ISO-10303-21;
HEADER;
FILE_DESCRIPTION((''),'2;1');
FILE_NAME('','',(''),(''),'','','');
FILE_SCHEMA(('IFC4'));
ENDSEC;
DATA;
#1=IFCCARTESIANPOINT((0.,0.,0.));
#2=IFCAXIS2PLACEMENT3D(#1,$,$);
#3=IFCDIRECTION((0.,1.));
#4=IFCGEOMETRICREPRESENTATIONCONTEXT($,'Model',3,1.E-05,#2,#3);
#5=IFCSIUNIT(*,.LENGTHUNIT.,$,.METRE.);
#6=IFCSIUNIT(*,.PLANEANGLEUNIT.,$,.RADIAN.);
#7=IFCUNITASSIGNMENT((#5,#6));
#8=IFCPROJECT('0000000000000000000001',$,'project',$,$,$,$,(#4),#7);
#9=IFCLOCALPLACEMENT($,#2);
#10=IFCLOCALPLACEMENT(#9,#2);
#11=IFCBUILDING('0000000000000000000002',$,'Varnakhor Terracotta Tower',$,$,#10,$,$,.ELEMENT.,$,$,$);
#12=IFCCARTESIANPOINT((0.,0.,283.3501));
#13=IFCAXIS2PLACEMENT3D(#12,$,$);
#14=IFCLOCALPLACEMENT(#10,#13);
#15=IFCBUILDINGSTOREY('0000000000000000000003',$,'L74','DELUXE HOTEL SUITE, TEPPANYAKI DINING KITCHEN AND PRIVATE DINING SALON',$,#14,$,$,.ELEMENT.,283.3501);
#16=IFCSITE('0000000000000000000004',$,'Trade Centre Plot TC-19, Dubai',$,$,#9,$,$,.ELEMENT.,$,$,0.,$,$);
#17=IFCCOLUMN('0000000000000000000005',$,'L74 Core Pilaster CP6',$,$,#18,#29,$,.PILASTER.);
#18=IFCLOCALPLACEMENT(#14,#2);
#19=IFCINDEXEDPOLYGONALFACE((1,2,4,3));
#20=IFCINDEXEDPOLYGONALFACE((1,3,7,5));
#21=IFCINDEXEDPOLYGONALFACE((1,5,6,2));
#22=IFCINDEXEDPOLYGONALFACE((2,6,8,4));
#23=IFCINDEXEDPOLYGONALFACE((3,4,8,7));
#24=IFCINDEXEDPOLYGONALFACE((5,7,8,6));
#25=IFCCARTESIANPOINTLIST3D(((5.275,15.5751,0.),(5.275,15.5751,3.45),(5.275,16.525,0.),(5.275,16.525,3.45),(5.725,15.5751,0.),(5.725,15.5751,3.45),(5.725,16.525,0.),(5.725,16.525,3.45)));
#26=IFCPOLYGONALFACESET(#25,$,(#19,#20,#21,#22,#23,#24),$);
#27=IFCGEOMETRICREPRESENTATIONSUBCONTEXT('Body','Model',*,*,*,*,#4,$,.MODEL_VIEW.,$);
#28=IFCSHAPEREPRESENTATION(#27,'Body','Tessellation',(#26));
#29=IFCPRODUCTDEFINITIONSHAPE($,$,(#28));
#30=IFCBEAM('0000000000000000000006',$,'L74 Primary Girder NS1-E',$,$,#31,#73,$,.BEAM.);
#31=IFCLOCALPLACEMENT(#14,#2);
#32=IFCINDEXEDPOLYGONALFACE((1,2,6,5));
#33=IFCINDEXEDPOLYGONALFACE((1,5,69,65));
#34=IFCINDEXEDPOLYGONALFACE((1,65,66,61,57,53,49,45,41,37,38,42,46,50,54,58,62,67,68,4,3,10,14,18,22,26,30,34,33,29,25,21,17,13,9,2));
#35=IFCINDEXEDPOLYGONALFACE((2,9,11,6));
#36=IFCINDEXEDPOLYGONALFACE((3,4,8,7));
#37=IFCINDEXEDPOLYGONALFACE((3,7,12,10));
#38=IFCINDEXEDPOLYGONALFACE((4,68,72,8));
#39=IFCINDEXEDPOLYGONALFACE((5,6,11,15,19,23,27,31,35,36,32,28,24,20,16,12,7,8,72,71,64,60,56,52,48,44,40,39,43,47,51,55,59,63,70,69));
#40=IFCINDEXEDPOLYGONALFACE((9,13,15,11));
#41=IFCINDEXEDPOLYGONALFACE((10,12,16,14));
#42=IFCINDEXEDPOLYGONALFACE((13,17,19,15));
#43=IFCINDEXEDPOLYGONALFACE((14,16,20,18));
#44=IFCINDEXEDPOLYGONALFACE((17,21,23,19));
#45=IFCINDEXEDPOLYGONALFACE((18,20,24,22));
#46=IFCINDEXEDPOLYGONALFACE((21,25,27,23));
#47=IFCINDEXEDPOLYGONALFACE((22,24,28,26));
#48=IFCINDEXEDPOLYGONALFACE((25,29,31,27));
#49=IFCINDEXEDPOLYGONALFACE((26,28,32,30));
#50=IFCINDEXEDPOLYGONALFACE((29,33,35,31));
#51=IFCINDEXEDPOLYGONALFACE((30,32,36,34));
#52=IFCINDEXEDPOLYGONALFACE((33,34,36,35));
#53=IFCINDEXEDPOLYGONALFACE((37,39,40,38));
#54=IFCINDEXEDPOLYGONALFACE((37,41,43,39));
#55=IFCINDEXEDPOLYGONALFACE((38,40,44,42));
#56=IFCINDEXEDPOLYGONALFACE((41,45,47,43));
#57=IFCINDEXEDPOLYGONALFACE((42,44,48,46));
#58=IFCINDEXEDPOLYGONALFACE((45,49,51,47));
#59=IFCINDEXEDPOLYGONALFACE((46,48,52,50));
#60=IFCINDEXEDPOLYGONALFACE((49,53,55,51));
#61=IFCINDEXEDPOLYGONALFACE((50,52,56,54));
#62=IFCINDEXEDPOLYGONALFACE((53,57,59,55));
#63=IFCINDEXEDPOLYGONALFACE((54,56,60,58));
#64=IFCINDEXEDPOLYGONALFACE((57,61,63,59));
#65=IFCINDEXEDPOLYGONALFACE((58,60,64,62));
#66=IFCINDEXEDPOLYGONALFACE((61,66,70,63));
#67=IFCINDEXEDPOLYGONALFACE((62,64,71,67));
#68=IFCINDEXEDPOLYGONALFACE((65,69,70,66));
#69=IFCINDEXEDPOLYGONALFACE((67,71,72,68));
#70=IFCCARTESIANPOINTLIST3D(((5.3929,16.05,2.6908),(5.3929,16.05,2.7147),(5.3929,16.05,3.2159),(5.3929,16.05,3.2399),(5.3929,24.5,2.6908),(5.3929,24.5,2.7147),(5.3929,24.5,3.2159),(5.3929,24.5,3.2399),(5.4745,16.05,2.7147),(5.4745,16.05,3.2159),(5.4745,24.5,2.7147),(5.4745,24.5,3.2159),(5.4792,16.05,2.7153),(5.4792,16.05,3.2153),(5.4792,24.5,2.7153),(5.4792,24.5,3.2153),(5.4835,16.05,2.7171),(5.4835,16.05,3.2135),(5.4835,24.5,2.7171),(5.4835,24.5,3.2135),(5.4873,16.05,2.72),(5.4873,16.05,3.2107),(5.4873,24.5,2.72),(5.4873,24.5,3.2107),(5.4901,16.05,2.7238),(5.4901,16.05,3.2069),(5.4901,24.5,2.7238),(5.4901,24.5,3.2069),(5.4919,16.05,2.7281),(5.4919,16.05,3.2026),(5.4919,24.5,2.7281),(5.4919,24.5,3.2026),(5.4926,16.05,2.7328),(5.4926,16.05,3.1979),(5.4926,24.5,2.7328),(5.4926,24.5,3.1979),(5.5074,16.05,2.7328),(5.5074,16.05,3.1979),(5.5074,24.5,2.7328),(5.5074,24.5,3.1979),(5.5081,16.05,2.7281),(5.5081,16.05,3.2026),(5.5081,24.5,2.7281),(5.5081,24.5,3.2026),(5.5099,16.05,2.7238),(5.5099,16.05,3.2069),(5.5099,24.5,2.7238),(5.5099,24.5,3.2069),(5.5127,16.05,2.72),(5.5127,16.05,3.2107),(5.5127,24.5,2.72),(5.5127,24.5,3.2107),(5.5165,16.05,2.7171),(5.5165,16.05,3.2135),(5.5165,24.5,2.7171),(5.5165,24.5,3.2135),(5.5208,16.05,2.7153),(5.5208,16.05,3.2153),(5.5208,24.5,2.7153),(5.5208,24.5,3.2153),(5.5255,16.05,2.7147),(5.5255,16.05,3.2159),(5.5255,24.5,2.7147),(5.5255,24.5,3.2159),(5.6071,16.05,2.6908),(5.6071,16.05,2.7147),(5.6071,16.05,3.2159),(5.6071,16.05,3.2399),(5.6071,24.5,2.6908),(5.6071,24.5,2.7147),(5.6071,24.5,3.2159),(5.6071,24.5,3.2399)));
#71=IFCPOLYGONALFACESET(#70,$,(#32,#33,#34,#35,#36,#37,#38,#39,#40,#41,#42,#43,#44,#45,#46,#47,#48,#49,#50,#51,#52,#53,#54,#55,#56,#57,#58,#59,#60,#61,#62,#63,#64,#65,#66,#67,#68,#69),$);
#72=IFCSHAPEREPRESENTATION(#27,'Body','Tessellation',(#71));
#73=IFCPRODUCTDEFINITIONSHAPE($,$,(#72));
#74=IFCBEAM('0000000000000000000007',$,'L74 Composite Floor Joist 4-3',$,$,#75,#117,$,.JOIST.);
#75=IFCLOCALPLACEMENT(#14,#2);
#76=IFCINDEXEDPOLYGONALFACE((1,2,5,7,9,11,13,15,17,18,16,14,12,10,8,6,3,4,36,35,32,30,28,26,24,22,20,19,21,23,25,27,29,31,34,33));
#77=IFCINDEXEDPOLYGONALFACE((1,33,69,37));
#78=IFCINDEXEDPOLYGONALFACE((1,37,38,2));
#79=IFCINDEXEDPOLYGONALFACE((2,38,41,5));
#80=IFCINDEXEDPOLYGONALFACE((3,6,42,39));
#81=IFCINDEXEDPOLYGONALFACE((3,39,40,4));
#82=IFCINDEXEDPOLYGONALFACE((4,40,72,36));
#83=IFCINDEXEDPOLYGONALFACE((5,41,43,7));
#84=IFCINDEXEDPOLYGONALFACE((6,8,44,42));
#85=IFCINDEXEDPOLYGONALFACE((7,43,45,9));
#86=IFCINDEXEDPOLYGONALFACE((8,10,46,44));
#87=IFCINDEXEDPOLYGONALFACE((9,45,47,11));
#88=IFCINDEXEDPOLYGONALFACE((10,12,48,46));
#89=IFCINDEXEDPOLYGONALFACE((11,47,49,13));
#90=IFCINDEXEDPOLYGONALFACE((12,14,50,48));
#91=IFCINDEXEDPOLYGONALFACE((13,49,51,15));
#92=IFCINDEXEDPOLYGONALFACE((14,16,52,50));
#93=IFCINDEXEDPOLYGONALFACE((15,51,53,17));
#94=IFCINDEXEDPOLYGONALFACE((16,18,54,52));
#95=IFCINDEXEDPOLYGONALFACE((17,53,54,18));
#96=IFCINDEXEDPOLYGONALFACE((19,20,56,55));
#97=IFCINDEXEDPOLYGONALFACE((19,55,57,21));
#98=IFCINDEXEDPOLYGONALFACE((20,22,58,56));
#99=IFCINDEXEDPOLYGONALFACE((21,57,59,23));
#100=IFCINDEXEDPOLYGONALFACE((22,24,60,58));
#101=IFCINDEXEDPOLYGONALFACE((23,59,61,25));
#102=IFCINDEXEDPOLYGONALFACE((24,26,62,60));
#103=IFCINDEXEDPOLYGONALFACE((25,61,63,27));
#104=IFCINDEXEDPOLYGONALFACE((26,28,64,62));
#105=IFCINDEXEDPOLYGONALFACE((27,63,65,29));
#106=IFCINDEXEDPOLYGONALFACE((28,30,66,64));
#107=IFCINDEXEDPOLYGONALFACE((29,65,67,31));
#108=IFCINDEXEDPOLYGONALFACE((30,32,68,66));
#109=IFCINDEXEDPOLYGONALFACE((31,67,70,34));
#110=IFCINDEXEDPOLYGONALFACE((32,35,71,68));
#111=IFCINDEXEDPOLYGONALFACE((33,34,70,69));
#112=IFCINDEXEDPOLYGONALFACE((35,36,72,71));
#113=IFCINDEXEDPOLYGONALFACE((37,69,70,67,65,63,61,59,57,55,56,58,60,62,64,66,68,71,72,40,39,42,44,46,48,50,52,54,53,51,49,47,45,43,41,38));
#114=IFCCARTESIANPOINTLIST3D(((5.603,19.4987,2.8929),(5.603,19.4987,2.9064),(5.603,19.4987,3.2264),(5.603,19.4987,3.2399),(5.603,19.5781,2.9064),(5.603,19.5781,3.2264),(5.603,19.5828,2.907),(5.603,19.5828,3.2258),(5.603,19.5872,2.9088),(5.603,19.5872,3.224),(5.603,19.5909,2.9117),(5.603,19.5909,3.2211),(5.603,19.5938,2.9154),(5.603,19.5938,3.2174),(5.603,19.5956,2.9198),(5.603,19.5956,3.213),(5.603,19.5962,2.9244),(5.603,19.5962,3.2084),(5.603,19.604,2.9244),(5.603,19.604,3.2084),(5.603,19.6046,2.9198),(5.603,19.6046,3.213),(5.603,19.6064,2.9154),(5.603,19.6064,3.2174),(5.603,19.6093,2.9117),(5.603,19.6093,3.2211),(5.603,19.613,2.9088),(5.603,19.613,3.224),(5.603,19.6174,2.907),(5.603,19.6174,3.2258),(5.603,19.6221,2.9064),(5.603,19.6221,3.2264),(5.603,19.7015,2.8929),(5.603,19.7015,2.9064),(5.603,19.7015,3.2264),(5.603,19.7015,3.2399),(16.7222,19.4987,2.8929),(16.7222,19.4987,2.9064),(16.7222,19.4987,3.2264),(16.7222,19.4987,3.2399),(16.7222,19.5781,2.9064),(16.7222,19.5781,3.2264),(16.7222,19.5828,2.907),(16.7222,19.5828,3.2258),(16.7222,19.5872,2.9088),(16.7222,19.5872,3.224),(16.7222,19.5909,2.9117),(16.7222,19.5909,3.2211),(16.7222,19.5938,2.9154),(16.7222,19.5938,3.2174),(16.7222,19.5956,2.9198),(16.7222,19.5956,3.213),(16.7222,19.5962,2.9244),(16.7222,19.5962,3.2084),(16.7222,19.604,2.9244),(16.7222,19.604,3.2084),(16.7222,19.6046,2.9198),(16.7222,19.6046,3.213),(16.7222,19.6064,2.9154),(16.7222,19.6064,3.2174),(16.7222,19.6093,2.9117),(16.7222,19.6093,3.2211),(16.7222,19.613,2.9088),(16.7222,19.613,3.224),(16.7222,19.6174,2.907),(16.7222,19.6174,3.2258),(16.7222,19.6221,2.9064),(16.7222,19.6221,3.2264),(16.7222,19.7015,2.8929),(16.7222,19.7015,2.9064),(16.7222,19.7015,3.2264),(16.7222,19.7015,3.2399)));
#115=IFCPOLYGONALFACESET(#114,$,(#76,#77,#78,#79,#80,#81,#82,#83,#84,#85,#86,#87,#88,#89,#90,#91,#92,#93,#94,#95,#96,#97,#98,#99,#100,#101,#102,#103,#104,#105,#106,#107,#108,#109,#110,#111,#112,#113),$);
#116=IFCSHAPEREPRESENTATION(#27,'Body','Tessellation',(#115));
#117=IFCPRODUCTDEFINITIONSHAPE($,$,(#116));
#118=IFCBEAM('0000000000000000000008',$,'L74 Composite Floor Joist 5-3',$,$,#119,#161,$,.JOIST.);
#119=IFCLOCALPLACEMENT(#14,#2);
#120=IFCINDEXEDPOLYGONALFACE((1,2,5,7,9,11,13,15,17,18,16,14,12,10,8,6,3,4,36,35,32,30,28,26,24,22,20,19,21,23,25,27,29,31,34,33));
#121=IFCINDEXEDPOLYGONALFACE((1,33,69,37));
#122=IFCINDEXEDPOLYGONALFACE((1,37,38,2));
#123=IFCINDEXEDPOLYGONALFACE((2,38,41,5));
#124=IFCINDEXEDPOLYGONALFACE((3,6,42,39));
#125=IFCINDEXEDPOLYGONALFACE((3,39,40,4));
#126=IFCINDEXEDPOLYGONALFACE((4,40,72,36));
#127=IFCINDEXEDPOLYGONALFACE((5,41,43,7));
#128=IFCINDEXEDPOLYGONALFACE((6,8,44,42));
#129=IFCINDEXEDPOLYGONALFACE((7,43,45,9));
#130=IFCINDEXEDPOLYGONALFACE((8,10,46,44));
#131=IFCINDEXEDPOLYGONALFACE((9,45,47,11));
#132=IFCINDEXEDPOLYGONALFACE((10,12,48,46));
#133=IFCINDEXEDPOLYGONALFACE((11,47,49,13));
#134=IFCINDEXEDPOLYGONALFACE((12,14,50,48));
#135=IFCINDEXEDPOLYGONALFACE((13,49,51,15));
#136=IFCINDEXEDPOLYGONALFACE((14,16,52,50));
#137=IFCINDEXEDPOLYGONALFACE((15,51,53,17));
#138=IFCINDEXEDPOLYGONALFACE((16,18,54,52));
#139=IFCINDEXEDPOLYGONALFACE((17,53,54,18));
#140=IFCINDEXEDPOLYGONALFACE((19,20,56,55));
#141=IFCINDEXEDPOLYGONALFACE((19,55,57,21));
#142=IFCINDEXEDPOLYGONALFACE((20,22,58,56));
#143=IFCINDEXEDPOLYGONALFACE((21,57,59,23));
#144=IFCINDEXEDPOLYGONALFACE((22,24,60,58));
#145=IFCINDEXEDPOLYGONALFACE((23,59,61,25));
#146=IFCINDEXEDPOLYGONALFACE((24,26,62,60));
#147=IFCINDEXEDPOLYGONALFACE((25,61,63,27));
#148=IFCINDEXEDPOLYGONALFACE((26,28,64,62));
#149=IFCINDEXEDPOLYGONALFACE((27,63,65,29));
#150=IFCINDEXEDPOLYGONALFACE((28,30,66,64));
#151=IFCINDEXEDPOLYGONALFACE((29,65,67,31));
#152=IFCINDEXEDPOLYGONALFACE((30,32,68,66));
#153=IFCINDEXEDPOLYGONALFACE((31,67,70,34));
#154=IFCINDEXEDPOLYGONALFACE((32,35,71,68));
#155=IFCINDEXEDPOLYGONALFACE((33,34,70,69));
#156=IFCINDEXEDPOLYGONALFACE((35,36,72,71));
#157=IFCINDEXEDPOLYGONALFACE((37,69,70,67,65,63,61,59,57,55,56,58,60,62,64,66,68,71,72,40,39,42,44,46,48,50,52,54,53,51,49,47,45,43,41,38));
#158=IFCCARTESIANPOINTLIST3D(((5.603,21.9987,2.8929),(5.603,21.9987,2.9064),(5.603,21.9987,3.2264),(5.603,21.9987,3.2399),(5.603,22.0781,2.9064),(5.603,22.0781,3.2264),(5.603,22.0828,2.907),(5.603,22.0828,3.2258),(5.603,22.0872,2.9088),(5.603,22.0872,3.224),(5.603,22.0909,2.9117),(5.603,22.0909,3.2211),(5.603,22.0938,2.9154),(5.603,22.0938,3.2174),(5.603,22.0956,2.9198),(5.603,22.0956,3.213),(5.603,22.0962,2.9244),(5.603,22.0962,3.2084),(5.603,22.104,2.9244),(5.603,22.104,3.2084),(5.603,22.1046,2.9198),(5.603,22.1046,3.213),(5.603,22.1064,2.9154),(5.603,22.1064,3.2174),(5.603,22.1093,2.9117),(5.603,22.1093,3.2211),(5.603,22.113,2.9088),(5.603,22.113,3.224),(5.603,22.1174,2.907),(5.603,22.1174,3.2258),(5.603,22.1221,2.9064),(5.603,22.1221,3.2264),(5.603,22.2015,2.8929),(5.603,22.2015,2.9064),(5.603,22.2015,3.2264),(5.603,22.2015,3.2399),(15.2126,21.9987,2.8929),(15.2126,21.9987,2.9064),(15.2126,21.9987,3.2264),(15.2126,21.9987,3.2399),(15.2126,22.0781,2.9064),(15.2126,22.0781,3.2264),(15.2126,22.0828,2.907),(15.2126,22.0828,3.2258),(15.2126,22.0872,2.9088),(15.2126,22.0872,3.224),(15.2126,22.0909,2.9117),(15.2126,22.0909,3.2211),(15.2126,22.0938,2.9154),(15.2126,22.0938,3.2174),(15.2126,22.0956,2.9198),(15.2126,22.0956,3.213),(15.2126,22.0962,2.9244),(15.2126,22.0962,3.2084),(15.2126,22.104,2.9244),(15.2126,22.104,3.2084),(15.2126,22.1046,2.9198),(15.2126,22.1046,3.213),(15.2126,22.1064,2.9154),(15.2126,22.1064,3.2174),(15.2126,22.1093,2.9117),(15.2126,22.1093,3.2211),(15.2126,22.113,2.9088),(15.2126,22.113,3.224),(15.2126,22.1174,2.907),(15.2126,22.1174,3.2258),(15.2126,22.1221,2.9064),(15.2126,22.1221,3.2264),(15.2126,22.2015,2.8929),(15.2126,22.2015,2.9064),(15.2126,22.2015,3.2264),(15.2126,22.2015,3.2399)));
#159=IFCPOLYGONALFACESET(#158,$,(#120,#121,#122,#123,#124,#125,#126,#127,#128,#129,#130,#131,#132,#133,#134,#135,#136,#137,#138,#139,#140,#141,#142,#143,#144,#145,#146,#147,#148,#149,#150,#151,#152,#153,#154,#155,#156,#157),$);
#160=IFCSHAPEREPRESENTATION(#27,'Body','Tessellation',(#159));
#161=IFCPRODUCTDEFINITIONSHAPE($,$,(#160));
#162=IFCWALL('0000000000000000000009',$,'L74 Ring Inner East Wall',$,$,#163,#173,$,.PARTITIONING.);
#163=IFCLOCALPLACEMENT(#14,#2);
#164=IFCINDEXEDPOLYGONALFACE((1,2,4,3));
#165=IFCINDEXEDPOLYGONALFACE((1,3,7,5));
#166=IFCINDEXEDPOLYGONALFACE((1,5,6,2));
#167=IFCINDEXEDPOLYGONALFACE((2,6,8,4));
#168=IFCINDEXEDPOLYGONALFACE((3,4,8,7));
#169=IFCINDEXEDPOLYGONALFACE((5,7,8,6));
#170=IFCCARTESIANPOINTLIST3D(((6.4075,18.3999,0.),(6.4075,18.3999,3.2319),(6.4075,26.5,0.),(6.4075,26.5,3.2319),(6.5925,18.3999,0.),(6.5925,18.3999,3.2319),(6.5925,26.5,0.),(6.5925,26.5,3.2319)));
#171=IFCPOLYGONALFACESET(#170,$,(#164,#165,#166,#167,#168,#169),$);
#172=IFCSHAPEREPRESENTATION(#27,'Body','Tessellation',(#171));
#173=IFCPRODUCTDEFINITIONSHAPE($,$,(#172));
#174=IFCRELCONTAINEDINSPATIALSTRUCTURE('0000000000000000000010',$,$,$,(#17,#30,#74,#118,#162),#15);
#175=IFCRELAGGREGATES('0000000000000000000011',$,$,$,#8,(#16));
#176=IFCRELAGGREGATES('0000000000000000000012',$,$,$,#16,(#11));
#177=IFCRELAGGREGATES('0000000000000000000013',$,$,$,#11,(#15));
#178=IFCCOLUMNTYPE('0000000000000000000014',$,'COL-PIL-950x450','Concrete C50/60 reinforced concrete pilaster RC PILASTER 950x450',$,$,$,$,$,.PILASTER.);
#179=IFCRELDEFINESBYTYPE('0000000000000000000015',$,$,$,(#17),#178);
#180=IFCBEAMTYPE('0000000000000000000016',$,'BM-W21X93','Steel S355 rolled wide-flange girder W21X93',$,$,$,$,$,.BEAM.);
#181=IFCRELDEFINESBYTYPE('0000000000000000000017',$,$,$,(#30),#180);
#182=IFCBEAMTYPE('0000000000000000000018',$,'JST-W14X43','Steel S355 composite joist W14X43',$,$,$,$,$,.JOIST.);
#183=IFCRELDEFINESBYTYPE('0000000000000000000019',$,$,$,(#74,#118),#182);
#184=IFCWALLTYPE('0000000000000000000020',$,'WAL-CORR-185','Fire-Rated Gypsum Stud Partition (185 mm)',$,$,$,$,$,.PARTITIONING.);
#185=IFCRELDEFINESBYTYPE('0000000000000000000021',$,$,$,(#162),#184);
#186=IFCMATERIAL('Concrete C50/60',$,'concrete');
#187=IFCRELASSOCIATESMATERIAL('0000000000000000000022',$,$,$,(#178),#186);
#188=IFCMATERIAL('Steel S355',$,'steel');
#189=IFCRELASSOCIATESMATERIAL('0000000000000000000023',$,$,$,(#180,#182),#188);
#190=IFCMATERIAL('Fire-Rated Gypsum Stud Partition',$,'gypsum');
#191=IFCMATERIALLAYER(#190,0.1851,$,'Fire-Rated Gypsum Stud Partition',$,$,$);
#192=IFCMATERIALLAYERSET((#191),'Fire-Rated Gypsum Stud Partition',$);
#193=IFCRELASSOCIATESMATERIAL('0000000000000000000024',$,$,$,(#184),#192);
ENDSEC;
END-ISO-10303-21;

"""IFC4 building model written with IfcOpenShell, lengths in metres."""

from ifc_helpers import new_model, si_unit, direction, frame, frame_2d, origin, origin_2d, place, context, subcontext, project, spatial, rectangle, i_section, extrude, source, transform, mapped, material, layer, layer_set, material_profile, profile_set, type_object, type_shapes, element, save


model = new_model("IFC4")

# Units and contexts
model_context = context("Model", 3, precision=1e-05, world=origin(), true_north=direction((0.0, 1.0)))
body_context = subcontext(model_context, "Body", "Model", "MODEL_VIEW")
ifc_project = project(units=[si_unit("LENGTHUNIT", "METRE"), si_unit("PLANEANGLEUNIT", "RADIAN")], contexts=[model_context])

# Site, building, storey
site_placement = place(None, origin())
site = spatial("IfcSite", under=ifc_project, at=site_placement, Name="Trade Centre Plot TC-19, Dubai", CompositionType="ELEMENT", RefElevation=0.0)
building_placement = place(site_placement, origin())
building = spatial("IfcBuilding", under=site, at=building_placement, Name="Varnakhor Terracotta Tower", CompositionType="ELEMENT")
storey_placement = place(building_placement, frame((0.0, 0.0, 283.3501)))
storey = spatial("IfcBuildingStorey", under=building, at=storey_placement, Name="L74", Description="DELUXE HOTEL SUITE, TEPPANYAKI DINING KITCHEN AND PRIVATE DINING SALON", CompositionType="ELEMENT", Elevation=283.3501)

# Column
ifc_material_1 = material(Name="Concrete C50/60", Category="concrete")
ifc_material_profile_1 = material_profile(ifc_material_1, rectangle(XDim=0.45, YDim=0.95, at=origin_2d()), Name="RC PILASTER 950x450")
ifc_profile_set_1 = profile_set([ifc_material_profile_1], Name="Concrete C50/60")
column_type = type_object("IfcColumnType", Name="COL-PIL-950x450", Description="Concrete C50/60 reinforced concrete pilaster RC PILASTER 950x450", PredefinedType="PILASTER", material=ifc_profile_set_1)
shared_shape_1 = source(origin(), body_context, "Body", "SweptSolid", [
    extrude(rectangle(XDim=0.45, YDim=0.95, at=origin_2d()), origin(), (0.0, 0.0, 1.0), 3.45),
])
column_placement = place(storey_placement, frame((5.5, 16.05, 0.0), z_axis=(0.0, 0.0, 1.0), x_axis=(1.0, 0.0, 0.0)))
element("IfcColumn", 1, at=column_placement, inside=storey, type_object=column_type, Name="L74 Core Pilaster CP6", PredefinedType="PILASTER", context=body_context, shape_type="MappedRepresentation", body=[
    mapped(shared_shape_1, transform((0.0, 0.0, 0.0), scale=1.0)),
])

# Beams
ifc_material_2 = material(Name="Steel S355", Category="steel")
ifc_material_profile_2 = material_profile(ifc_material_2, i_section(OverallWidth=0.2141, OverallDepth=0.5491, WebThickness=0.0149, FlangeThickness=0.0239, FilletRadius=0.0181, at=origin_2d()), Name="W21X93")
ifc_profile_set_2 = profile_set([ifc_material_profile_2], Name="Steel S355")
beam_type_1 = type_object("IfcBeamType", Name="BM-W21X93", Description="Steel S355 rolled wide-flange girder W21X93", PredefinedType="BEAM", material=ifc_profile_set_2)
shared_shape_2 = source(origin(), body_context, "Body", "SweptSolid", [
    extrude(i_section(OverallWidth=0.2141, OverallDepth=0.5491, WebThickness=0.0149, FlangeThickness=0.0239, FilletRadius=0.0181, at=origin_2d()), origin(), (0.0, 0.0, 1.0), 8.45),
])
type_shapes(beam_type_1, [shared_shape_2])
beam_1_placement = place(storey_placement, frame((5.5, 16.05, 2.9653), z_axis=(0.0, 1.0, 0.0), x_axis=(-1.0, 0.0, 0.0)))
element("IfcBeam", 2, at=beam_1_placement, inside=storey, type_object=beam_type_1, Name="L74 Primary Girder NS1-E", PredefinedType="BEAM", context=body_context, shape_type="MappedRepresentation", body=[
    mapped(shared_shape_2, transform((0.0, 0.0, 0.0), scale=1.0)),
])
ifc_material_profile_3 = material_profile(ifc_material_2, i_section(OverallWidth=0.2029, OverallDepth=0.3469, WebThickness=0.0078, FlangeThickness=0.0134, FilletRadius=0.0181, at=origin_2d()), Name="W14X43")
ifc_profile_set_3 = profile_set([ifc_material_profile_3], Name="Steel S355")
beam_type_2 = type_object("IfcBeamType", Name="JST-W14X43", Description="Steel S355 composite joist W14X43", PredefinedType="JOIST", material=ifc_profile_set_3)
shared_shape_3 = source(origin(), body_context, "Body", "SweptSolid", [
    extrude(i_section(OverallWidth=0.2029, OverallDepth=0.3469, WebThickness=0.0078, FlangeThickness=0.0134, FilletRadius=0.0181, at=origin_2d()), origin(), (0.0, 0.0, 1.0), 11.1191),
])
beam_2_placement = place(storey_placement, frame((5.603, 19.6001, 3.0664), z_axis=(1.0, 0.0, 0.0), x_axis=(0.0, 1.0, 0.0)))
element("IfcBeam", 3, at=beam_2_placement, inside=storey, type_object=beam_type_2, Name="L74 Composite Floor Joist 4-3", PredefinedType="JOIST", context=body_context, shape_type="MappedRepresentation", body=[
    mapped(shared_shape_3, transform((0.0, 0.0, 0.0), scale=1.0)),
])
shared_shape_4 = source(origin(), body_context, "Body", "SweptSolid", [
    extrude(i_section(OverallWidth=0.2029, OverallDepth=0.3469, WebThickness=0.0078, FlangeThickness=0.0134, FilletRadius=0.0181, at=origin_2d()), origin(), (0.0, 0.0, 1.0), 9.6096),
])
beam_3_placement = place(storey_placement, frame((5.603, 22.1001, 3.0664), z_axis=(1.0, 0.0, 0.0), x_axis=(0.0, 1.0, 0.0)))
element("IfcBeam", 4, at=beam_3_placement, inside=storey, type_object=beam_type_2, Name="L74 Composite Floor Joist 5-3", PredefinedType="JOIST", context=body_context, shape_type="MappedRepresentation", body=[
    mapped(shared_shape_4, transform((0.0, 0.0, 0.0), scale=1.0)),
])

# Wall
ifc_material_3 = material(Name="Fire-Rated Gypsum Stud Partition", Category="gypsum")
ifc_layer_1 = layer(ifc_material_3, 0.1851, Name="Fire-Rated Gypsum Stud Partition")
ifc_layer_set_1 = layer_set([ifc_layer_1], Name="Fire-Rated Gypsum Stud Partition")
wall_type_1 = type_object("IfcWallType", Name="WAL-CORR-185", Description="Fire-Rated Gypsum Stud Partition (185 mm)", PredefinedType="PARTITIONING", material=ifc_layer_set_1)
wall_1_placement = place(storey_placement, frame((6.5, 18.3999, 0.0), z_axis=(0.0, 0.0, 1.0), x_axis=(0.0, 1.0, 0.0)))
element("IfcWall", 5, at=wall_1_placement, inside=storey, type_object=wall_type_1, Name="L74 Ring Inner East Wall", PredefinedType="PARTITIONING", context=body_context, shape_type="SweptSolid", body=[
    extrude(rectangle(XDim=8.1001, YDim=0.1851, at=frame_2d((4.05, 0.0))), origin(), (0.0, 0.0, 1.0), 3.2319),
])

save(model, "model.ifc")
